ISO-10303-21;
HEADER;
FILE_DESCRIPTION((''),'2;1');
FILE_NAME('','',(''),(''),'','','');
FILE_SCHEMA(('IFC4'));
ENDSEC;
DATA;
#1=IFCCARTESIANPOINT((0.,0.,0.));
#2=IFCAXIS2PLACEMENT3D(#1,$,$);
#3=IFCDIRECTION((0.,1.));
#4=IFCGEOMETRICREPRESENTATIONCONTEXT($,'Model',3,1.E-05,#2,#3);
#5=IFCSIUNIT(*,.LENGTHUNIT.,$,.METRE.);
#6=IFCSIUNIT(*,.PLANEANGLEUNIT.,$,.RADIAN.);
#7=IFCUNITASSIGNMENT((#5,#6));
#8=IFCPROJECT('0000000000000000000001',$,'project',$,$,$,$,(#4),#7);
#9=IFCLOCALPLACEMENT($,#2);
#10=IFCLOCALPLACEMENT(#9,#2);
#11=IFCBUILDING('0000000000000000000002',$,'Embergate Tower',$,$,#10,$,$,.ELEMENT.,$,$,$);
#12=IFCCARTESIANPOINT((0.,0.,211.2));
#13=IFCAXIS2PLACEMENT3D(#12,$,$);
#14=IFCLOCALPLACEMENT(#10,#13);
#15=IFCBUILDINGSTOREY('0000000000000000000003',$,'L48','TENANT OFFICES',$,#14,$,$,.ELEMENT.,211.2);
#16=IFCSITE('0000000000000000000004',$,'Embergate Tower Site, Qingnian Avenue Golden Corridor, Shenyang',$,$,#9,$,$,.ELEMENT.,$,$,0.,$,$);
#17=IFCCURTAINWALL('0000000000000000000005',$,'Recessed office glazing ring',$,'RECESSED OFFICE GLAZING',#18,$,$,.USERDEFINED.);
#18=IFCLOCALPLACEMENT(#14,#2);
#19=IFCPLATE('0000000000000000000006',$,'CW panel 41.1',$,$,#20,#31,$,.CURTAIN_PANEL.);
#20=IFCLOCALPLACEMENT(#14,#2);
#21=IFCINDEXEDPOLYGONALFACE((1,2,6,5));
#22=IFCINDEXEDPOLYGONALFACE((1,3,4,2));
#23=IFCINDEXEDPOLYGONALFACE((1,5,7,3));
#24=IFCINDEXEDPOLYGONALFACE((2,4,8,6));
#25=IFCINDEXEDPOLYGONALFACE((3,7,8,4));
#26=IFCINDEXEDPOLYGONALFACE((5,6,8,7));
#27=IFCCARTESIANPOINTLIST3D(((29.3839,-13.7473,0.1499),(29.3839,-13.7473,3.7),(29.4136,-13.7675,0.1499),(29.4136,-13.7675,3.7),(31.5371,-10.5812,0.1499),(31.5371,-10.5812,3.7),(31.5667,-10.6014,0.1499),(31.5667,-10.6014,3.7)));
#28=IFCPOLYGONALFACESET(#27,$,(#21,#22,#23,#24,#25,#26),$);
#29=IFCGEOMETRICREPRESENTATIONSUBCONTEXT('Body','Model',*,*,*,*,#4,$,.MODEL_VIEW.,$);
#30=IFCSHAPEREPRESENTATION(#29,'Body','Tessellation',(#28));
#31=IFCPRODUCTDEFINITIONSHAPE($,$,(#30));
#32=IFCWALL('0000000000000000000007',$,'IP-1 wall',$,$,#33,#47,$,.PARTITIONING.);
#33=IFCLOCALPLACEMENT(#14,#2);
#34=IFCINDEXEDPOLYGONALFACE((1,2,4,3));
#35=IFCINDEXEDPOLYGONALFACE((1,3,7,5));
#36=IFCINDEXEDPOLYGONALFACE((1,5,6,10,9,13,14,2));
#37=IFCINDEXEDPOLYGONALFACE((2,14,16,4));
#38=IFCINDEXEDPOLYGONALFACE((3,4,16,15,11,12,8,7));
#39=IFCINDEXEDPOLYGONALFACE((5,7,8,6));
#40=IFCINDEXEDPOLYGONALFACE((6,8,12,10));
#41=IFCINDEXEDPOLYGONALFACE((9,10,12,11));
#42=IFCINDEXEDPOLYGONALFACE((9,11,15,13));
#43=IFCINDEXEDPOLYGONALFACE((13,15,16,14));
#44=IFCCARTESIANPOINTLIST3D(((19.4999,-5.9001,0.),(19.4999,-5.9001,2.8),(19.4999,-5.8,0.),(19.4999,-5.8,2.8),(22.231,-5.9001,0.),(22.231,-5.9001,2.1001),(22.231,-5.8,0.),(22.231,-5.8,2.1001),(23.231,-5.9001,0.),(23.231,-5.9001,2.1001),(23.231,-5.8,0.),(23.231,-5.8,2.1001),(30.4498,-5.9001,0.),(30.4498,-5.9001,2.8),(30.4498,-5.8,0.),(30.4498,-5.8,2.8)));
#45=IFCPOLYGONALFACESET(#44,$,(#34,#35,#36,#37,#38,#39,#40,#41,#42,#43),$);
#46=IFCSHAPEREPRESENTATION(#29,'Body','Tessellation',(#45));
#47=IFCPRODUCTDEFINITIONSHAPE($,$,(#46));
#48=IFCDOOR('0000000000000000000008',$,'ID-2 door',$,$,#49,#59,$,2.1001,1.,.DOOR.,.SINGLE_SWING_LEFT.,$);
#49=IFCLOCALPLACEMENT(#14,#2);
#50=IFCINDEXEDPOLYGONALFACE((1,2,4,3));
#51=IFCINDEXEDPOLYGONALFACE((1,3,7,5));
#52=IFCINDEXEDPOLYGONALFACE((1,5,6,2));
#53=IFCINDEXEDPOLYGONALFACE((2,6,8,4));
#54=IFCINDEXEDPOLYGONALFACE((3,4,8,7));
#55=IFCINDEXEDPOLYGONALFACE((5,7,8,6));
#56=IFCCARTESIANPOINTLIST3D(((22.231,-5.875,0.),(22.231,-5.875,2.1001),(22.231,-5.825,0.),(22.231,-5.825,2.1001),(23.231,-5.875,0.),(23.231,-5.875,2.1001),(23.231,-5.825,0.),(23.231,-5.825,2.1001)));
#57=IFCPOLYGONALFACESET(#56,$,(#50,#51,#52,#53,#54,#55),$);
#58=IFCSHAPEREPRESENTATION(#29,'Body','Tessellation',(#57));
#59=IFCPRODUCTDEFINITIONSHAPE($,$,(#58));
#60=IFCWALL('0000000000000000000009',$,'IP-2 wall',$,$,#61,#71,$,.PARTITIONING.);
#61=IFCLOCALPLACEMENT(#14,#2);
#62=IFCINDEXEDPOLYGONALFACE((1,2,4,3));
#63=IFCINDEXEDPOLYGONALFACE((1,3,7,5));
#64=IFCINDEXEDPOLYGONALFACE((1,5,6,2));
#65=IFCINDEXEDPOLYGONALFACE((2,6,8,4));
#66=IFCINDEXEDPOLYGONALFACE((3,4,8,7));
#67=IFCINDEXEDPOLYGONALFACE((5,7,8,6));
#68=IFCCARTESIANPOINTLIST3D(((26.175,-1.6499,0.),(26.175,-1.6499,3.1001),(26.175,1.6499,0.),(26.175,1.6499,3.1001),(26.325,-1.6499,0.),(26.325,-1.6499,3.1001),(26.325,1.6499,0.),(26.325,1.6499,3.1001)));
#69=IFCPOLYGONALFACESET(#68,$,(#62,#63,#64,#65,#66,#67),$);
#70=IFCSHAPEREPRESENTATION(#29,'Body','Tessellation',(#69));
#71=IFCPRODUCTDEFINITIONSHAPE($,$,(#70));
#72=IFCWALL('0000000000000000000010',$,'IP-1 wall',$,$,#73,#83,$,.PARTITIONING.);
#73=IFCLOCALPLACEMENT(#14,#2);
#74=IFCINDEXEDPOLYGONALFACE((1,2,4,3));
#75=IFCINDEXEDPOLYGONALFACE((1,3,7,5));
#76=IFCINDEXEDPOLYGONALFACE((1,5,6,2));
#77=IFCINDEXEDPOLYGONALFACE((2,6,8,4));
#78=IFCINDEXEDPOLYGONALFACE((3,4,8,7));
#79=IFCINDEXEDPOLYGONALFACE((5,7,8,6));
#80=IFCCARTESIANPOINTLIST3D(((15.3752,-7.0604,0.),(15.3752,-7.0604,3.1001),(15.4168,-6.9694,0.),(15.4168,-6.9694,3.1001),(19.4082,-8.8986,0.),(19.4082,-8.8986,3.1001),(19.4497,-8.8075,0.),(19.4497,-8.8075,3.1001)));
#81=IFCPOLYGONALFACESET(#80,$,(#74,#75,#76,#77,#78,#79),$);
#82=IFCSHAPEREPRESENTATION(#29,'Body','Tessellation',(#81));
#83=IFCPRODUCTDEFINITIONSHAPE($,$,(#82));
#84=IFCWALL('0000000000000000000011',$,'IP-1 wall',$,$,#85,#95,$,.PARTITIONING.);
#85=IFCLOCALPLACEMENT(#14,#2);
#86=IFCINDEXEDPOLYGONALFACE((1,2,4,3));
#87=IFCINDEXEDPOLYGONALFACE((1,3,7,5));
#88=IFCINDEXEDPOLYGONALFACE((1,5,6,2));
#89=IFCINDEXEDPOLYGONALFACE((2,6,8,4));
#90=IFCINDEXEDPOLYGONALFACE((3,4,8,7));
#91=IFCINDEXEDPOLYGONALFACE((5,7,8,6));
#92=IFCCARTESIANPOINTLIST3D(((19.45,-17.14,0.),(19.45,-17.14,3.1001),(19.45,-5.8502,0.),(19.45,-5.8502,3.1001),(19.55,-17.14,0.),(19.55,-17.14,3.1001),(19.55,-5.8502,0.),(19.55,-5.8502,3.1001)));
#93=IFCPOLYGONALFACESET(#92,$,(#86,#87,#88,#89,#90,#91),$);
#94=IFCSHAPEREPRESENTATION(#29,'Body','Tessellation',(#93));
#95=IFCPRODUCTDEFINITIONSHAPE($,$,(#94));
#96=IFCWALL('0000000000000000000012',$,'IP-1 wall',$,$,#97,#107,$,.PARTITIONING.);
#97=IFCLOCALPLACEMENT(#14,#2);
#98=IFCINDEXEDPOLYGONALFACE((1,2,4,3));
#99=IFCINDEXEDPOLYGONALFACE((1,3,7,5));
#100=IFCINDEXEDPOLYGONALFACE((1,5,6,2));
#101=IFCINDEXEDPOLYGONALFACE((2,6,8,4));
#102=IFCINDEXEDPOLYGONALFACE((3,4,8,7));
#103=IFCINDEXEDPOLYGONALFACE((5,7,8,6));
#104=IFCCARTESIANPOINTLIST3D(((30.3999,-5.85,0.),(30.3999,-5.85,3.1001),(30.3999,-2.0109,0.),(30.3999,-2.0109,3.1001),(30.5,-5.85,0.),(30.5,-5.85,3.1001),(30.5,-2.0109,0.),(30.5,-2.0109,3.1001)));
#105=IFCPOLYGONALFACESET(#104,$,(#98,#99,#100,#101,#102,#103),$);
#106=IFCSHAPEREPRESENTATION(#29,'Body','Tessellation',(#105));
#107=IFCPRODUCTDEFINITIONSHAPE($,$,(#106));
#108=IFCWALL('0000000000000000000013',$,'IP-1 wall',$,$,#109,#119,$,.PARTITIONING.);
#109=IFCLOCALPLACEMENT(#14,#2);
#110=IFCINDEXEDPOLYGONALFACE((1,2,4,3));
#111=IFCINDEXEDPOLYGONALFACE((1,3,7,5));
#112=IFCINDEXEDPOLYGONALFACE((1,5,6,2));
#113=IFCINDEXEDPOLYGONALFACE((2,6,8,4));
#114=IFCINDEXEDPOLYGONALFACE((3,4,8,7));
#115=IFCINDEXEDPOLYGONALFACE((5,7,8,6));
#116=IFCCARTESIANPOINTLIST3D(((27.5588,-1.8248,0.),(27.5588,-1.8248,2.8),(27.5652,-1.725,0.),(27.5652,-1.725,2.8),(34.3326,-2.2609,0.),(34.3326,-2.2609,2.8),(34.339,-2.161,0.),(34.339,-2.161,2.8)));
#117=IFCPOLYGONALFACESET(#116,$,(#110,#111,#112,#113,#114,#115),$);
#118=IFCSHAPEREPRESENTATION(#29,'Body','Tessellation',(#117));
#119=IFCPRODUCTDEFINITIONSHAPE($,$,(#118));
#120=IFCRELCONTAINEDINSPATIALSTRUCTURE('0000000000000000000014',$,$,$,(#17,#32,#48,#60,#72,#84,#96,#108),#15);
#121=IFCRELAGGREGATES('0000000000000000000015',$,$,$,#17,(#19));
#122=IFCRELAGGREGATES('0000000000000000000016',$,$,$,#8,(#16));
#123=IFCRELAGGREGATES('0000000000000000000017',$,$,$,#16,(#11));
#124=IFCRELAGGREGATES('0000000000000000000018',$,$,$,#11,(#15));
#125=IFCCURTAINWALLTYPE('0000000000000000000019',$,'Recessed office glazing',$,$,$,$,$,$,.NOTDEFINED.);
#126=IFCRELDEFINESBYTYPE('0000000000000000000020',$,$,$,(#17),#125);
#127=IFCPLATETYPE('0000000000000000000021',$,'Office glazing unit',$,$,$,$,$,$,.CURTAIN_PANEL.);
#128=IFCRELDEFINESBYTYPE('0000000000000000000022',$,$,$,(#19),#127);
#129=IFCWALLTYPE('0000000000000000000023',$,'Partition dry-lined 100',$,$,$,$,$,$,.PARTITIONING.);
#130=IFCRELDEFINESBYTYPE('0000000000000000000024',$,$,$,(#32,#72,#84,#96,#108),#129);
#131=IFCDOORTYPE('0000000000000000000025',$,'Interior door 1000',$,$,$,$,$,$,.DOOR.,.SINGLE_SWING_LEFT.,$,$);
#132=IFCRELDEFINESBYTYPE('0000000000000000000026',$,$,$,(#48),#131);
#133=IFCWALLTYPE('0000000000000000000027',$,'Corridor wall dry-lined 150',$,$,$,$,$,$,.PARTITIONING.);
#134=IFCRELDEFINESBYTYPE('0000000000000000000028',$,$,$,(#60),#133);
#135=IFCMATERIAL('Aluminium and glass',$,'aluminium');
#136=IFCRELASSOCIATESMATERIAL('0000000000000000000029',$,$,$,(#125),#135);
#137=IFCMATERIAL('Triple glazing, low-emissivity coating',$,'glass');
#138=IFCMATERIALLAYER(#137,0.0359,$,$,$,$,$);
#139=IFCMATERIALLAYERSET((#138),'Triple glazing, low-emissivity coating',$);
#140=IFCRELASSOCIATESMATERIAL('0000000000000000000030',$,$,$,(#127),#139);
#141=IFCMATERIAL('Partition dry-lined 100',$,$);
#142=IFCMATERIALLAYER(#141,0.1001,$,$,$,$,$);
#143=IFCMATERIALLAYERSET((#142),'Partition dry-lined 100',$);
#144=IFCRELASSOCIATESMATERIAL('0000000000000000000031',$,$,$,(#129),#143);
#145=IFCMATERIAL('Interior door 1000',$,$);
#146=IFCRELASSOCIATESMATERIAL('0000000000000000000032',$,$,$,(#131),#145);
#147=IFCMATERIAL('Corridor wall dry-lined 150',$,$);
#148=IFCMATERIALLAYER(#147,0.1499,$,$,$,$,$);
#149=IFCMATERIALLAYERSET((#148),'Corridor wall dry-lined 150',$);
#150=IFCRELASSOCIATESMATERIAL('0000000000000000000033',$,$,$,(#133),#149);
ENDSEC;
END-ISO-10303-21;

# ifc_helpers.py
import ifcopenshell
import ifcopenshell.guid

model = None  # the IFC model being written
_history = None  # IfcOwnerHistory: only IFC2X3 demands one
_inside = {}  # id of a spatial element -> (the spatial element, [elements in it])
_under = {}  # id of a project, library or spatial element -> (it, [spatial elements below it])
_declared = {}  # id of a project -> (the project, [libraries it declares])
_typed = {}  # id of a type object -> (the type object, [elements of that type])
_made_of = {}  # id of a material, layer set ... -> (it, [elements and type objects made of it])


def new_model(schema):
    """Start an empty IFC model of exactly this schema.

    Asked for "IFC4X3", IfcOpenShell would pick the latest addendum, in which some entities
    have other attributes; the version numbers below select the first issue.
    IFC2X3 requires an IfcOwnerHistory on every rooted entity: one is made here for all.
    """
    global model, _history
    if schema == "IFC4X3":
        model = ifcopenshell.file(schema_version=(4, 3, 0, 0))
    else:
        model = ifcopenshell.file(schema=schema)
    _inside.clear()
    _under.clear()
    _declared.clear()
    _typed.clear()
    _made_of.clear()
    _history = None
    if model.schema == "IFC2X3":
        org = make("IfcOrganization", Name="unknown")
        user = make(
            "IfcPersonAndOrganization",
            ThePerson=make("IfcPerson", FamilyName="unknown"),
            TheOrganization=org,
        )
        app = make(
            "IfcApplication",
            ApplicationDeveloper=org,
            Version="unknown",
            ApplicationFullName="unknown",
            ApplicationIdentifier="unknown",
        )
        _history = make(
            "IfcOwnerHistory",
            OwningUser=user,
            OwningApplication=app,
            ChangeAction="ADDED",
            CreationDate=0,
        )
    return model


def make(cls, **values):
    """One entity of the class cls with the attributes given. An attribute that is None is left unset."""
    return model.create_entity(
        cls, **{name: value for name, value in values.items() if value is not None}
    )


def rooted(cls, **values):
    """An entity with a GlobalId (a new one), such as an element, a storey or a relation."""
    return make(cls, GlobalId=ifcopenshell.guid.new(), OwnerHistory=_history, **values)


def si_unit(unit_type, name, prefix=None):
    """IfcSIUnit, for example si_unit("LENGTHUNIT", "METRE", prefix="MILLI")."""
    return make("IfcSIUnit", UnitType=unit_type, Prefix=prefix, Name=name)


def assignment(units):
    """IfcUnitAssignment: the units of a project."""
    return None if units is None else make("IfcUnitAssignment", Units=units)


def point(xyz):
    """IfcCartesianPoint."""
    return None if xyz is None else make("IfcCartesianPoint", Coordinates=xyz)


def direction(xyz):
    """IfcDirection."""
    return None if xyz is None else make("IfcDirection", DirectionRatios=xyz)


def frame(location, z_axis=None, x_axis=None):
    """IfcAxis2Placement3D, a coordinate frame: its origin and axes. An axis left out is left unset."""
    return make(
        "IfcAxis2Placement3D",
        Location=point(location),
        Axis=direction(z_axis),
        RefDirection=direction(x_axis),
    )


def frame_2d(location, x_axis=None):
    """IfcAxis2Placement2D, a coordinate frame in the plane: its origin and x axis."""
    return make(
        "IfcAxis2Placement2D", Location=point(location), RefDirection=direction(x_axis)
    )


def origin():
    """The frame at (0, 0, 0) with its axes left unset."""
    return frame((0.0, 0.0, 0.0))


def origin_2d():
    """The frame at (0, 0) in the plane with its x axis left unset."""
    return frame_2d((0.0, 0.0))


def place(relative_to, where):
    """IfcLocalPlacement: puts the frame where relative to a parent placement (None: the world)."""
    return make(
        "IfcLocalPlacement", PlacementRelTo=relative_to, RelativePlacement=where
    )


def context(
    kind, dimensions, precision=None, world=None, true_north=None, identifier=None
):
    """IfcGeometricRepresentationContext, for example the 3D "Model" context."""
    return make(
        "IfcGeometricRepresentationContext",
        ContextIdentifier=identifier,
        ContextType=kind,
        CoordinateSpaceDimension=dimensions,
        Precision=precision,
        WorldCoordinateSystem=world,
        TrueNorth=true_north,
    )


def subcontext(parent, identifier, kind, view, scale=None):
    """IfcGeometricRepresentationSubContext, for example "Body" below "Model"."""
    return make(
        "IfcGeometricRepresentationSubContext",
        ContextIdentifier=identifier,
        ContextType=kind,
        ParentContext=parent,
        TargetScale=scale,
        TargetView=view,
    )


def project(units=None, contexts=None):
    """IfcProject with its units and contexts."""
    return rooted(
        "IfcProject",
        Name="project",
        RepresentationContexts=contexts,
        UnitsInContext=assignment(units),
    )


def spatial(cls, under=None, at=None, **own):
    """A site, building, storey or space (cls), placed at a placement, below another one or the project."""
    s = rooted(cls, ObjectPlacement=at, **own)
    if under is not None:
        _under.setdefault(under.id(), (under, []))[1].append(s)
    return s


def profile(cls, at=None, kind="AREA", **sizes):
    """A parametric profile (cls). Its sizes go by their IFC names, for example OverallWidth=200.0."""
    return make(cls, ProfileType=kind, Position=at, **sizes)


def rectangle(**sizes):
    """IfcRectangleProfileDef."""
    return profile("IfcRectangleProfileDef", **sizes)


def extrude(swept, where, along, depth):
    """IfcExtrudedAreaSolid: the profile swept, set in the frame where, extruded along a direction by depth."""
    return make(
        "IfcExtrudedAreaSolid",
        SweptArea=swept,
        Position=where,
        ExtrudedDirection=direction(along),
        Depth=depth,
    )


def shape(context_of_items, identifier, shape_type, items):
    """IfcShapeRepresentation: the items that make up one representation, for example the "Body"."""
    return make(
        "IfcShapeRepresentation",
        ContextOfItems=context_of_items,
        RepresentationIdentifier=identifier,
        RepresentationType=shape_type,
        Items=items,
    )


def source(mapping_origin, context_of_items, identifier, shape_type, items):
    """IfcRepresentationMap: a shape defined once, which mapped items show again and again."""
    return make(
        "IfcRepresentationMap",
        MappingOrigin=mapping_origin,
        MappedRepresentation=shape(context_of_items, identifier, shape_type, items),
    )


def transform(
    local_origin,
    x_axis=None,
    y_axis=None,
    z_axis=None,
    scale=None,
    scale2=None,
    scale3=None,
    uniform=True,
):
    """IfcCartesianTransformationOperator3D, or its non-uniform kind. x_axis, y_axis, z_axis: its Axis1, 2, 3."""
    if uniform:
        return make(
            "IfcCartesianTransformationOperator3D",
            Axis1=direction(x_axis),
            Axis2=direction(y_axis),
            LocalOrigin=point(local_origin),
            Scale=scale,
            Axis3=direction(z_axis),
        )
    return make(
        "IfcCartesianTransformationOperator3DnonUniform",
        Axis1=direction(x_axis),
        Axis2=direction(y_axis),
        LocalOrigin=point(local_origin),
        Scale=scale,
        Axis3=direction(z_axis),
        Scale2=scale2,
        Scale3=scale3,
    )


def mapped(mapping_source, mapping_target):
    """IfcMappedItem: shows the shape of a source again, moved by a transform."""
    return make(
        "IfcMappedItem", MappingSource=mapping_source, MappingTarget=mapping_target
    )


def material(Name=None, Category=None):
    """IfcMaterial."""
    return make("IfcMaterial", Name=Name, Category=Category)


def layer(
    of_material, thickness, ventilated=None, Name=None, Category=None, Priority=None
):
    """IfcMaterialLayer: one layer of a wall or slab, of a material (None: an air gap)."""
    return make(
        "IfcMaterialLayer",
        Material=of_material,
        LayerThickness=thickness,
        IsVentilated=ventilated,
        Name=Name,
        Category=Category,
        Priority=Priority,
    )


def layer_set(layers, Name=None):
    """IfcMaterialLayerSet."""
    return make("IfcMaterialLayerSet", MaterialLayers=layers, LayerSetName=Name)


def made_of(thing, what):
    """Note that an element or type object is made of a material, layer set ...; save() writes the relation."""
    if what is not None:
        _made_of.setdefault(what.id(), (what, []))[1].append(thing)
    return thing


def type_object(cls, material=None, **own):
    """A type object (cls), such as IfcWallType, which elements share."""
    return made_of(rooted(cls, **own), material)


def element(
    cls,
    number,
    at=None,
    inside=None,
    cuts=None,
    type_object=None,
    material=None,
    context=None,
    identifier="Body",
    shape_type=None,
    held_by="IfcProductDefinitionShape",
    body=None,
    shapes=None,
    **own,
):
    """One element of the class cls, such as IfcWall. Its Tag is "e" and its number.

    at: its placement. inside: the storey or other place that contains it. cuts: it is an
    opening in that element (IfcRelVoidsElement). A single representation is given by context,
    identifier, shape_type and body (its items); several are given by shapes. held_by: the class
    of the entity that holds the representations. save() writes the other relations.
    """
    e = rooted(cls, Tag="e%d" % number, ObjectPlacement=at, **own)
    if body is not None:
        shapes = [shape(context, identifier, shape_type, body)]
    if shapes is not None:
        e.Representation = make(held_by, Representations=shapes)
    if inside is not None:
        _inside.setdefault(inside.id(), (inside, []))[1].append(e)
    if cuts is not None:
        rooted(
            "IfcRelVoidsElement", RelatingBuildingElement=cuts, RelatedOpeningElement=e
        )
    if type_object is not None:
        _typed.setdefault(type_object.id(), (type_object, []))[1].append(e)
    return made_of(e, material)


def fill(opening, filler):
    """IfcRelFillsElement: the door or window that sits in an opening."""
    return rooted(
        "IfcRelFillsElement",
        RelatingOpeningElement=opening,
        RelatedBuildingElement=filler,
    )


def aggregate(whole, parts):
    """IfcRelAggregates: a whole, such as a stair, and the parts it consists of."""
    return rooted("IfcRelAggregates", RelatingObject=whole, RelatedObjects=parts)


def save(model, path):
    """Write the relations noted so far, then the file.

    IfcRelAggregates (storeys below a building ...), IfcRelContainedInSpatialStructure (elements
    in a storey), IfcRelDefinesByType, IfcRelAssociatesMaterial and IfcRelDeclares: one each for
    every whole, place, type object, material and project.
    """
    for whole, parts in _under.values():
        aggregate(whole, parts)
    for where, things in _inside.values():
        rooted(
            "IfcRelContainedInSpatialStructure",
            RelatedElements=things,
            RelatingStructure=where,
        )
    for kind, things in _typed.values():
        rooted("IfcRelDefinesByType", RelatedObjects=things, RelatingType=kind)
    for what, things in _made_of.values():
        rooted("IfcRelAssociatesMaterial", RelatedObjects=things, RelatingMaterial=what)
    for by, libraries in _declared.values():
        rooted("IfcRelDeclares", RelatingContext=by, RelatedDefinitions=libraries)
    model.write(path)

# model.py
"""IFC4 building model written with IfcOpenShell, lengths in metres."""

from ifc_helpers import new_model, si_unit, direction, frame, frame_2d, origin, origin_2d, place, context, subcontext, project, spatial, rectangle, extrude, source, transform, mapped, material, layer, layer_set, type_object, element, fill, aggregate, save


model = new_model("IFC4")

# Units and contexts
model_context = context("Model", 3, precision=1e-05, world=origin(), true_north=direction((0.0, 1.0)))
body_context = subcontext(model_context, "Body", "Model", "MODEL_VIEW")
ifc_project = project(units=[si_unit("LENGTHUNIT", "METRE"), si_unit("PLANEANGLEUNIT", "RADIAN")], contexts=[model_context])

# Site, building, storey
site_placement = place(None, origin())
site = spatial("IfcSite", under=ifc_project, at=site_placement, Name="Embergate Tower Site, Qingnian Avenue Golden Corridor, Shenyang", CompositionType="ELEMENT", RefElevation=0.0)
building_placement = place(site_placement, origin())
building = spatial("IfcBuilding", under=site, at=building_placement, Name="Embergate Tower", CompositionType="ELEMENT")
storey_placement = place(building_placement, frame((0.0, 0.0, 211.2)))
storey = spatial("IfcBuildingStorey", under=building, at=storey_placement, Name="L48", Description="TENANT OFFICES", CompositionType="ELEMENT", Elevation=211.2)

# Curtain wall, plate
ifc_material_1 = material(Name="Aluminium and glass", Category="aluminium")
curtain_wall_type = type_object("IfcCurtainWallType", Name="Recessed office glazing", PredefinedType="NOTDEFINED", material=ifc_material_1)
curtain_wall_placement = place(storey_placement, origin())
curtain_wall = element("IfcCurtainWall", 1, at=curtain_wall_placement, inside=storey, type_object=curtain_wall_type, Name="Recessed office glazing ring", ObjectType="RECESSED OFFICE GLAZING", PredefinedType="USERDEFINED")
ifc_material_2 = material(Name="Triple glazing, low-emissivity coating", Category="glass")
ifc_layer_1 = layer(ifc_material_2, 0.0359)
ifc_layer_set_1 = layer_set([ifc_layer_1], Name="Triple glazing, low-emissivity coating")
plate_type = type_object("IfcPlateType", Name="Office glazing unit", PredefinedType="CURTAIN_PANEL", material=ifc_layer_set_1)
shared_shape_1 = source(origin(), body_context, "Body", "SweptSolid", [
    extrude(rectangle(XDim=3.8289, YDim=0.0359, at=origin_2d()), origin(), (0.0, 0.0, 1.0), 3.55),
])
plate_1_placement = place(storey_placement, frame((30.4753, -12.1743, 0.1499), z_axis=(0.0, 0.0, 1.0), x_axis=(0.562337, 0.826908, 0.0)))
plate_1 = element("IfcPlate", 2, at=plate_1_placement, type_object=plate_type, Name="CW panel 41.1", PredefinedType="CURTAIN_PANEL", context=body_context, shape_type="MappedRepresentation", body=[
    mapped(shared_shape_1, transform((0.0, 0.0, 0.0))),
])
aggregate(curtain_wall, [plate_1])

# Wall, opening, door
ifc_material_3 = material(Name="Partition dry-lined 100")
ifc_layer_2 = layer(ifc_material_3, 0.1001)
ifc_layer_set_2 = layer_set([ifc_layer_2], Name="Partition dry-lined 100")
wall_type_1 = type_object("IfcWallType", Name="Partition dry-lined 100", PredefinedType="PARTITIONING", material=ifc_layer_set_2)
shared_shape_2 = source(origin(), body_context, "Body", "SweptSolid", [
    extrude(rectangle(XDim=10.95, YDim=0.1001, at=frame_2d((5.4751, 0.0))), origin(), (0.0, 0.0, 1.0), 2.8),
])
wall_1_placement = place(storey_placement, frame((30.45, -5.8501, 0.0), z_axis=(0.0, 0.0, 1.0), x_axis=(-1.0, 0.0, 0.0)))
wall_1 = element("IfcWall", 3, at=wall_1_placement, inside=storey, type_object=wall_type_1, Name="IP-1 wall", PredefinedType="PARTITIONING", context=body_context, shape_type="MappedRepresentation", body=[
    mapped(shared_shape_2, transform((0.0, 0.0, 0.0))),
])
shared_shape_3 = source(origin(), body_context, "Body", "SweptSolid", [
    extrude(rectangle(XDim=1.0, YDim=2.1001, at=frame_2d((0.5, 1.05))), frame((0.0, 0.0601, 0.0), z_axis=(0.0, -1.0, 0.0), x_axis=(1.0, 0.0, 0.0)), (0.0, 0.0, 1.0), 0.1201),
])
opening_placement = place(wall_1_placement, frame((7.219, 0.0, 0.0)))
opening = element("IfcOpeningElement", 4, at=opening_placement, cuts=wall_1, PredefinedType="OPENING", context=body_context, shape_type="MappedRepresentation", body=[
    mapped(shared_shape_3, transform((0.0, 0.0, 0.0))),
])
ifc_material_4 = material(Name="Interior door 1000")
door_type = type_object("IfcDoorType", Name="Interior door 1000", OperationType="SINGLE_SWING_LEFT", PredefinedType="DOOR", material=ifc_material_4)
shared_shape_4 = source(origin(), body_context, "Body", "SweptSolid", [
    extrude(rectangle(XDim=1.0, YDim=2.1001, at=frame_2d((0.5, 1.05))), frame((0.0, 0.0249, 0.0), z_axis=(0.0, -1.0, 0.0), x_axis=(1.0, 0.0, 0.0)), (0.0, 0.0, 1.0), 0.05),
])
door_placement = place(opening_placement, origin())
door = element("IfcDoor", 5, at=door_placement, inside=storey, type_object=door_type, Name="ID-2 door", OperationType="SINGLE_SWING_LEFT", OverallHeight=2.1001, OverallWidth=1.0, PredefinedType="DOOR", context=body_context, shape_type="MappedRepresentation", body=[
    mapped(shared_shape_4, transform((0.0, 0.0, 0.0))),
])
fill(opening, door)

# Walls
ifc_material_5 = material(Name="Corridor wall dry-lined 150")
ifc_layer_3 = layer(ifc_material_5, 0.1499)
ifc_layer_set_3 = layer_set([ifc_layer_3], Name="Corridor wall dry-lined 150")
wall_type_2 = type_object("IfcWallType", Name="Corridor wall dry-lined 150", PredefinedType="PARTITIONING", material=ifc_layer_set_3)
shared_shape_5 = source(origin(), body_context, "Body", "SweptSolid", [
    extrude(rectangle(XDim=3.2998, YDim=0.1499, at=frame_2d((1.6499, 0.0))), origin(), (0.0, 0.0, 1.0), 3.1001),
])
wall_2_placement = place(storey_placement, frame((26.25, -1.6499, 0.0), z_axis=(0.0, 0.0, 1.0), x_axis=(0.0, 1.0, 0.0)))
element("IfcWall", 6, at=wall_2_placement, inside=storey, type_object=wall_type_2, Name="IP-2 wall", PredefinedType="PARTITIONING", context=body_context, shape_type="MappedRepresentation", body=[
    mapped(shared_shape_5, transform((0.0, 0.0, 0.0))),
])
shared_shape_6 = source(origin(), body_context, "Body", "SweptSolid", [
    extrude(rectangle(XDim=4.4321, YDim=0.1001, at=frame_2d((2.2161, 0.0))), origin(), (0.0, 0.0, 1.0), 3.1001),
])
wall_3_placement = place(storey_placement, frame((15.396, -7.0149, 0.0), z_axis=(0.0, 0.0, 1.0), x_axis=(0.909943, -0.414732, 0.0)))
element("IfcWall", 7, at=wall_3_placement, inside=storey, type_object=wall_type_1, Name="IP-1 wall", PredefinedType="PARTITIONING", context=body_context, shape_type="MappedRepresentation", body=[
    mapped(shared_shape_6, transform((0.0, 0.0, 0.0))),
])
shared_shape_7 = source(origin(), body_context, "Body", "SweptSolid", [
    extrude(rectangle(XDim=11.2898, YDim=0.1001, at=frame_2d((5.645, 0.0))), origin(), (0.0, 0.0, 1.0), 3.1001),
])
wall_4_placement = place(storey_placement, frame((19.5, -5.8501, 0.0), z_axis=(0.0, 0.0, 1.0), x_axis=(0.0, -1.0, 0.0)))
element("IfcWall", 8, at=wall_4_placement, inside=storey, type_object=wall_type_1, Name="IP-1 wall", PredefinedType="PARTITIONING", context=body_context, shape_type="MappedRepresentation", body=[
    mapped(shared_shape_7, transform((0.0, 0.0, 0.0))),
])
shared_shape_8 = source(origin(), body_context, "Body", "SweptSolid", [
    extrude(rectangle(XDim=3.8391, YDim=0.1001, at=frame_2d((1.9194, 0.0))), origin(), (0.0, 0.0, 1.0), 3.1001),
])
wall_5_placement = place(storey_placement, frame((30.45, -2.011, 0.0), z_axis=(0.0, 0.0, 1.0), x_axis=(0.0, -1.0, 0.0)))
element("IfcWall", 9, at=wall_5_placement, inside=storey, type_object=wall_type_1, Name="IP-1 wall", PredefinedType="PARTITIONING", context=body_context, shape_type="MappedRepresentation", body=[
    mapped(shared_shape_8, transform((0.0, 0.0, 0.0))),
])
shared_shape_9 = source(origin(), body_context, "Body", "SweptSolid", [
    extrude(rectangle(XDim=6.7878, YDim=0.1001, at=frame_2d((3.394, 0.0))), origin(), (0.0, 0.0, 1.0), 2.8),
])
wall_6_placement = place(storey_placement, frame((34.3359, -2.2109, 0.0), z_axis=(0.0, 0.0, 1.0), x_axis=(-0.997935, 0.064237, 0.0)))
element("IfcWall", 10, at=wall_6_placement, inside=storey, type_object=wall_type_1, Name="IP-1 wall", PredefinedType="PARTITIONING", context=body_context, shape_type="MappedRepresentation", body=[
    mapped(shared_shape_9, transform((0.0, 0.0, 0.0))),
])

save(model, "model.ifc")
